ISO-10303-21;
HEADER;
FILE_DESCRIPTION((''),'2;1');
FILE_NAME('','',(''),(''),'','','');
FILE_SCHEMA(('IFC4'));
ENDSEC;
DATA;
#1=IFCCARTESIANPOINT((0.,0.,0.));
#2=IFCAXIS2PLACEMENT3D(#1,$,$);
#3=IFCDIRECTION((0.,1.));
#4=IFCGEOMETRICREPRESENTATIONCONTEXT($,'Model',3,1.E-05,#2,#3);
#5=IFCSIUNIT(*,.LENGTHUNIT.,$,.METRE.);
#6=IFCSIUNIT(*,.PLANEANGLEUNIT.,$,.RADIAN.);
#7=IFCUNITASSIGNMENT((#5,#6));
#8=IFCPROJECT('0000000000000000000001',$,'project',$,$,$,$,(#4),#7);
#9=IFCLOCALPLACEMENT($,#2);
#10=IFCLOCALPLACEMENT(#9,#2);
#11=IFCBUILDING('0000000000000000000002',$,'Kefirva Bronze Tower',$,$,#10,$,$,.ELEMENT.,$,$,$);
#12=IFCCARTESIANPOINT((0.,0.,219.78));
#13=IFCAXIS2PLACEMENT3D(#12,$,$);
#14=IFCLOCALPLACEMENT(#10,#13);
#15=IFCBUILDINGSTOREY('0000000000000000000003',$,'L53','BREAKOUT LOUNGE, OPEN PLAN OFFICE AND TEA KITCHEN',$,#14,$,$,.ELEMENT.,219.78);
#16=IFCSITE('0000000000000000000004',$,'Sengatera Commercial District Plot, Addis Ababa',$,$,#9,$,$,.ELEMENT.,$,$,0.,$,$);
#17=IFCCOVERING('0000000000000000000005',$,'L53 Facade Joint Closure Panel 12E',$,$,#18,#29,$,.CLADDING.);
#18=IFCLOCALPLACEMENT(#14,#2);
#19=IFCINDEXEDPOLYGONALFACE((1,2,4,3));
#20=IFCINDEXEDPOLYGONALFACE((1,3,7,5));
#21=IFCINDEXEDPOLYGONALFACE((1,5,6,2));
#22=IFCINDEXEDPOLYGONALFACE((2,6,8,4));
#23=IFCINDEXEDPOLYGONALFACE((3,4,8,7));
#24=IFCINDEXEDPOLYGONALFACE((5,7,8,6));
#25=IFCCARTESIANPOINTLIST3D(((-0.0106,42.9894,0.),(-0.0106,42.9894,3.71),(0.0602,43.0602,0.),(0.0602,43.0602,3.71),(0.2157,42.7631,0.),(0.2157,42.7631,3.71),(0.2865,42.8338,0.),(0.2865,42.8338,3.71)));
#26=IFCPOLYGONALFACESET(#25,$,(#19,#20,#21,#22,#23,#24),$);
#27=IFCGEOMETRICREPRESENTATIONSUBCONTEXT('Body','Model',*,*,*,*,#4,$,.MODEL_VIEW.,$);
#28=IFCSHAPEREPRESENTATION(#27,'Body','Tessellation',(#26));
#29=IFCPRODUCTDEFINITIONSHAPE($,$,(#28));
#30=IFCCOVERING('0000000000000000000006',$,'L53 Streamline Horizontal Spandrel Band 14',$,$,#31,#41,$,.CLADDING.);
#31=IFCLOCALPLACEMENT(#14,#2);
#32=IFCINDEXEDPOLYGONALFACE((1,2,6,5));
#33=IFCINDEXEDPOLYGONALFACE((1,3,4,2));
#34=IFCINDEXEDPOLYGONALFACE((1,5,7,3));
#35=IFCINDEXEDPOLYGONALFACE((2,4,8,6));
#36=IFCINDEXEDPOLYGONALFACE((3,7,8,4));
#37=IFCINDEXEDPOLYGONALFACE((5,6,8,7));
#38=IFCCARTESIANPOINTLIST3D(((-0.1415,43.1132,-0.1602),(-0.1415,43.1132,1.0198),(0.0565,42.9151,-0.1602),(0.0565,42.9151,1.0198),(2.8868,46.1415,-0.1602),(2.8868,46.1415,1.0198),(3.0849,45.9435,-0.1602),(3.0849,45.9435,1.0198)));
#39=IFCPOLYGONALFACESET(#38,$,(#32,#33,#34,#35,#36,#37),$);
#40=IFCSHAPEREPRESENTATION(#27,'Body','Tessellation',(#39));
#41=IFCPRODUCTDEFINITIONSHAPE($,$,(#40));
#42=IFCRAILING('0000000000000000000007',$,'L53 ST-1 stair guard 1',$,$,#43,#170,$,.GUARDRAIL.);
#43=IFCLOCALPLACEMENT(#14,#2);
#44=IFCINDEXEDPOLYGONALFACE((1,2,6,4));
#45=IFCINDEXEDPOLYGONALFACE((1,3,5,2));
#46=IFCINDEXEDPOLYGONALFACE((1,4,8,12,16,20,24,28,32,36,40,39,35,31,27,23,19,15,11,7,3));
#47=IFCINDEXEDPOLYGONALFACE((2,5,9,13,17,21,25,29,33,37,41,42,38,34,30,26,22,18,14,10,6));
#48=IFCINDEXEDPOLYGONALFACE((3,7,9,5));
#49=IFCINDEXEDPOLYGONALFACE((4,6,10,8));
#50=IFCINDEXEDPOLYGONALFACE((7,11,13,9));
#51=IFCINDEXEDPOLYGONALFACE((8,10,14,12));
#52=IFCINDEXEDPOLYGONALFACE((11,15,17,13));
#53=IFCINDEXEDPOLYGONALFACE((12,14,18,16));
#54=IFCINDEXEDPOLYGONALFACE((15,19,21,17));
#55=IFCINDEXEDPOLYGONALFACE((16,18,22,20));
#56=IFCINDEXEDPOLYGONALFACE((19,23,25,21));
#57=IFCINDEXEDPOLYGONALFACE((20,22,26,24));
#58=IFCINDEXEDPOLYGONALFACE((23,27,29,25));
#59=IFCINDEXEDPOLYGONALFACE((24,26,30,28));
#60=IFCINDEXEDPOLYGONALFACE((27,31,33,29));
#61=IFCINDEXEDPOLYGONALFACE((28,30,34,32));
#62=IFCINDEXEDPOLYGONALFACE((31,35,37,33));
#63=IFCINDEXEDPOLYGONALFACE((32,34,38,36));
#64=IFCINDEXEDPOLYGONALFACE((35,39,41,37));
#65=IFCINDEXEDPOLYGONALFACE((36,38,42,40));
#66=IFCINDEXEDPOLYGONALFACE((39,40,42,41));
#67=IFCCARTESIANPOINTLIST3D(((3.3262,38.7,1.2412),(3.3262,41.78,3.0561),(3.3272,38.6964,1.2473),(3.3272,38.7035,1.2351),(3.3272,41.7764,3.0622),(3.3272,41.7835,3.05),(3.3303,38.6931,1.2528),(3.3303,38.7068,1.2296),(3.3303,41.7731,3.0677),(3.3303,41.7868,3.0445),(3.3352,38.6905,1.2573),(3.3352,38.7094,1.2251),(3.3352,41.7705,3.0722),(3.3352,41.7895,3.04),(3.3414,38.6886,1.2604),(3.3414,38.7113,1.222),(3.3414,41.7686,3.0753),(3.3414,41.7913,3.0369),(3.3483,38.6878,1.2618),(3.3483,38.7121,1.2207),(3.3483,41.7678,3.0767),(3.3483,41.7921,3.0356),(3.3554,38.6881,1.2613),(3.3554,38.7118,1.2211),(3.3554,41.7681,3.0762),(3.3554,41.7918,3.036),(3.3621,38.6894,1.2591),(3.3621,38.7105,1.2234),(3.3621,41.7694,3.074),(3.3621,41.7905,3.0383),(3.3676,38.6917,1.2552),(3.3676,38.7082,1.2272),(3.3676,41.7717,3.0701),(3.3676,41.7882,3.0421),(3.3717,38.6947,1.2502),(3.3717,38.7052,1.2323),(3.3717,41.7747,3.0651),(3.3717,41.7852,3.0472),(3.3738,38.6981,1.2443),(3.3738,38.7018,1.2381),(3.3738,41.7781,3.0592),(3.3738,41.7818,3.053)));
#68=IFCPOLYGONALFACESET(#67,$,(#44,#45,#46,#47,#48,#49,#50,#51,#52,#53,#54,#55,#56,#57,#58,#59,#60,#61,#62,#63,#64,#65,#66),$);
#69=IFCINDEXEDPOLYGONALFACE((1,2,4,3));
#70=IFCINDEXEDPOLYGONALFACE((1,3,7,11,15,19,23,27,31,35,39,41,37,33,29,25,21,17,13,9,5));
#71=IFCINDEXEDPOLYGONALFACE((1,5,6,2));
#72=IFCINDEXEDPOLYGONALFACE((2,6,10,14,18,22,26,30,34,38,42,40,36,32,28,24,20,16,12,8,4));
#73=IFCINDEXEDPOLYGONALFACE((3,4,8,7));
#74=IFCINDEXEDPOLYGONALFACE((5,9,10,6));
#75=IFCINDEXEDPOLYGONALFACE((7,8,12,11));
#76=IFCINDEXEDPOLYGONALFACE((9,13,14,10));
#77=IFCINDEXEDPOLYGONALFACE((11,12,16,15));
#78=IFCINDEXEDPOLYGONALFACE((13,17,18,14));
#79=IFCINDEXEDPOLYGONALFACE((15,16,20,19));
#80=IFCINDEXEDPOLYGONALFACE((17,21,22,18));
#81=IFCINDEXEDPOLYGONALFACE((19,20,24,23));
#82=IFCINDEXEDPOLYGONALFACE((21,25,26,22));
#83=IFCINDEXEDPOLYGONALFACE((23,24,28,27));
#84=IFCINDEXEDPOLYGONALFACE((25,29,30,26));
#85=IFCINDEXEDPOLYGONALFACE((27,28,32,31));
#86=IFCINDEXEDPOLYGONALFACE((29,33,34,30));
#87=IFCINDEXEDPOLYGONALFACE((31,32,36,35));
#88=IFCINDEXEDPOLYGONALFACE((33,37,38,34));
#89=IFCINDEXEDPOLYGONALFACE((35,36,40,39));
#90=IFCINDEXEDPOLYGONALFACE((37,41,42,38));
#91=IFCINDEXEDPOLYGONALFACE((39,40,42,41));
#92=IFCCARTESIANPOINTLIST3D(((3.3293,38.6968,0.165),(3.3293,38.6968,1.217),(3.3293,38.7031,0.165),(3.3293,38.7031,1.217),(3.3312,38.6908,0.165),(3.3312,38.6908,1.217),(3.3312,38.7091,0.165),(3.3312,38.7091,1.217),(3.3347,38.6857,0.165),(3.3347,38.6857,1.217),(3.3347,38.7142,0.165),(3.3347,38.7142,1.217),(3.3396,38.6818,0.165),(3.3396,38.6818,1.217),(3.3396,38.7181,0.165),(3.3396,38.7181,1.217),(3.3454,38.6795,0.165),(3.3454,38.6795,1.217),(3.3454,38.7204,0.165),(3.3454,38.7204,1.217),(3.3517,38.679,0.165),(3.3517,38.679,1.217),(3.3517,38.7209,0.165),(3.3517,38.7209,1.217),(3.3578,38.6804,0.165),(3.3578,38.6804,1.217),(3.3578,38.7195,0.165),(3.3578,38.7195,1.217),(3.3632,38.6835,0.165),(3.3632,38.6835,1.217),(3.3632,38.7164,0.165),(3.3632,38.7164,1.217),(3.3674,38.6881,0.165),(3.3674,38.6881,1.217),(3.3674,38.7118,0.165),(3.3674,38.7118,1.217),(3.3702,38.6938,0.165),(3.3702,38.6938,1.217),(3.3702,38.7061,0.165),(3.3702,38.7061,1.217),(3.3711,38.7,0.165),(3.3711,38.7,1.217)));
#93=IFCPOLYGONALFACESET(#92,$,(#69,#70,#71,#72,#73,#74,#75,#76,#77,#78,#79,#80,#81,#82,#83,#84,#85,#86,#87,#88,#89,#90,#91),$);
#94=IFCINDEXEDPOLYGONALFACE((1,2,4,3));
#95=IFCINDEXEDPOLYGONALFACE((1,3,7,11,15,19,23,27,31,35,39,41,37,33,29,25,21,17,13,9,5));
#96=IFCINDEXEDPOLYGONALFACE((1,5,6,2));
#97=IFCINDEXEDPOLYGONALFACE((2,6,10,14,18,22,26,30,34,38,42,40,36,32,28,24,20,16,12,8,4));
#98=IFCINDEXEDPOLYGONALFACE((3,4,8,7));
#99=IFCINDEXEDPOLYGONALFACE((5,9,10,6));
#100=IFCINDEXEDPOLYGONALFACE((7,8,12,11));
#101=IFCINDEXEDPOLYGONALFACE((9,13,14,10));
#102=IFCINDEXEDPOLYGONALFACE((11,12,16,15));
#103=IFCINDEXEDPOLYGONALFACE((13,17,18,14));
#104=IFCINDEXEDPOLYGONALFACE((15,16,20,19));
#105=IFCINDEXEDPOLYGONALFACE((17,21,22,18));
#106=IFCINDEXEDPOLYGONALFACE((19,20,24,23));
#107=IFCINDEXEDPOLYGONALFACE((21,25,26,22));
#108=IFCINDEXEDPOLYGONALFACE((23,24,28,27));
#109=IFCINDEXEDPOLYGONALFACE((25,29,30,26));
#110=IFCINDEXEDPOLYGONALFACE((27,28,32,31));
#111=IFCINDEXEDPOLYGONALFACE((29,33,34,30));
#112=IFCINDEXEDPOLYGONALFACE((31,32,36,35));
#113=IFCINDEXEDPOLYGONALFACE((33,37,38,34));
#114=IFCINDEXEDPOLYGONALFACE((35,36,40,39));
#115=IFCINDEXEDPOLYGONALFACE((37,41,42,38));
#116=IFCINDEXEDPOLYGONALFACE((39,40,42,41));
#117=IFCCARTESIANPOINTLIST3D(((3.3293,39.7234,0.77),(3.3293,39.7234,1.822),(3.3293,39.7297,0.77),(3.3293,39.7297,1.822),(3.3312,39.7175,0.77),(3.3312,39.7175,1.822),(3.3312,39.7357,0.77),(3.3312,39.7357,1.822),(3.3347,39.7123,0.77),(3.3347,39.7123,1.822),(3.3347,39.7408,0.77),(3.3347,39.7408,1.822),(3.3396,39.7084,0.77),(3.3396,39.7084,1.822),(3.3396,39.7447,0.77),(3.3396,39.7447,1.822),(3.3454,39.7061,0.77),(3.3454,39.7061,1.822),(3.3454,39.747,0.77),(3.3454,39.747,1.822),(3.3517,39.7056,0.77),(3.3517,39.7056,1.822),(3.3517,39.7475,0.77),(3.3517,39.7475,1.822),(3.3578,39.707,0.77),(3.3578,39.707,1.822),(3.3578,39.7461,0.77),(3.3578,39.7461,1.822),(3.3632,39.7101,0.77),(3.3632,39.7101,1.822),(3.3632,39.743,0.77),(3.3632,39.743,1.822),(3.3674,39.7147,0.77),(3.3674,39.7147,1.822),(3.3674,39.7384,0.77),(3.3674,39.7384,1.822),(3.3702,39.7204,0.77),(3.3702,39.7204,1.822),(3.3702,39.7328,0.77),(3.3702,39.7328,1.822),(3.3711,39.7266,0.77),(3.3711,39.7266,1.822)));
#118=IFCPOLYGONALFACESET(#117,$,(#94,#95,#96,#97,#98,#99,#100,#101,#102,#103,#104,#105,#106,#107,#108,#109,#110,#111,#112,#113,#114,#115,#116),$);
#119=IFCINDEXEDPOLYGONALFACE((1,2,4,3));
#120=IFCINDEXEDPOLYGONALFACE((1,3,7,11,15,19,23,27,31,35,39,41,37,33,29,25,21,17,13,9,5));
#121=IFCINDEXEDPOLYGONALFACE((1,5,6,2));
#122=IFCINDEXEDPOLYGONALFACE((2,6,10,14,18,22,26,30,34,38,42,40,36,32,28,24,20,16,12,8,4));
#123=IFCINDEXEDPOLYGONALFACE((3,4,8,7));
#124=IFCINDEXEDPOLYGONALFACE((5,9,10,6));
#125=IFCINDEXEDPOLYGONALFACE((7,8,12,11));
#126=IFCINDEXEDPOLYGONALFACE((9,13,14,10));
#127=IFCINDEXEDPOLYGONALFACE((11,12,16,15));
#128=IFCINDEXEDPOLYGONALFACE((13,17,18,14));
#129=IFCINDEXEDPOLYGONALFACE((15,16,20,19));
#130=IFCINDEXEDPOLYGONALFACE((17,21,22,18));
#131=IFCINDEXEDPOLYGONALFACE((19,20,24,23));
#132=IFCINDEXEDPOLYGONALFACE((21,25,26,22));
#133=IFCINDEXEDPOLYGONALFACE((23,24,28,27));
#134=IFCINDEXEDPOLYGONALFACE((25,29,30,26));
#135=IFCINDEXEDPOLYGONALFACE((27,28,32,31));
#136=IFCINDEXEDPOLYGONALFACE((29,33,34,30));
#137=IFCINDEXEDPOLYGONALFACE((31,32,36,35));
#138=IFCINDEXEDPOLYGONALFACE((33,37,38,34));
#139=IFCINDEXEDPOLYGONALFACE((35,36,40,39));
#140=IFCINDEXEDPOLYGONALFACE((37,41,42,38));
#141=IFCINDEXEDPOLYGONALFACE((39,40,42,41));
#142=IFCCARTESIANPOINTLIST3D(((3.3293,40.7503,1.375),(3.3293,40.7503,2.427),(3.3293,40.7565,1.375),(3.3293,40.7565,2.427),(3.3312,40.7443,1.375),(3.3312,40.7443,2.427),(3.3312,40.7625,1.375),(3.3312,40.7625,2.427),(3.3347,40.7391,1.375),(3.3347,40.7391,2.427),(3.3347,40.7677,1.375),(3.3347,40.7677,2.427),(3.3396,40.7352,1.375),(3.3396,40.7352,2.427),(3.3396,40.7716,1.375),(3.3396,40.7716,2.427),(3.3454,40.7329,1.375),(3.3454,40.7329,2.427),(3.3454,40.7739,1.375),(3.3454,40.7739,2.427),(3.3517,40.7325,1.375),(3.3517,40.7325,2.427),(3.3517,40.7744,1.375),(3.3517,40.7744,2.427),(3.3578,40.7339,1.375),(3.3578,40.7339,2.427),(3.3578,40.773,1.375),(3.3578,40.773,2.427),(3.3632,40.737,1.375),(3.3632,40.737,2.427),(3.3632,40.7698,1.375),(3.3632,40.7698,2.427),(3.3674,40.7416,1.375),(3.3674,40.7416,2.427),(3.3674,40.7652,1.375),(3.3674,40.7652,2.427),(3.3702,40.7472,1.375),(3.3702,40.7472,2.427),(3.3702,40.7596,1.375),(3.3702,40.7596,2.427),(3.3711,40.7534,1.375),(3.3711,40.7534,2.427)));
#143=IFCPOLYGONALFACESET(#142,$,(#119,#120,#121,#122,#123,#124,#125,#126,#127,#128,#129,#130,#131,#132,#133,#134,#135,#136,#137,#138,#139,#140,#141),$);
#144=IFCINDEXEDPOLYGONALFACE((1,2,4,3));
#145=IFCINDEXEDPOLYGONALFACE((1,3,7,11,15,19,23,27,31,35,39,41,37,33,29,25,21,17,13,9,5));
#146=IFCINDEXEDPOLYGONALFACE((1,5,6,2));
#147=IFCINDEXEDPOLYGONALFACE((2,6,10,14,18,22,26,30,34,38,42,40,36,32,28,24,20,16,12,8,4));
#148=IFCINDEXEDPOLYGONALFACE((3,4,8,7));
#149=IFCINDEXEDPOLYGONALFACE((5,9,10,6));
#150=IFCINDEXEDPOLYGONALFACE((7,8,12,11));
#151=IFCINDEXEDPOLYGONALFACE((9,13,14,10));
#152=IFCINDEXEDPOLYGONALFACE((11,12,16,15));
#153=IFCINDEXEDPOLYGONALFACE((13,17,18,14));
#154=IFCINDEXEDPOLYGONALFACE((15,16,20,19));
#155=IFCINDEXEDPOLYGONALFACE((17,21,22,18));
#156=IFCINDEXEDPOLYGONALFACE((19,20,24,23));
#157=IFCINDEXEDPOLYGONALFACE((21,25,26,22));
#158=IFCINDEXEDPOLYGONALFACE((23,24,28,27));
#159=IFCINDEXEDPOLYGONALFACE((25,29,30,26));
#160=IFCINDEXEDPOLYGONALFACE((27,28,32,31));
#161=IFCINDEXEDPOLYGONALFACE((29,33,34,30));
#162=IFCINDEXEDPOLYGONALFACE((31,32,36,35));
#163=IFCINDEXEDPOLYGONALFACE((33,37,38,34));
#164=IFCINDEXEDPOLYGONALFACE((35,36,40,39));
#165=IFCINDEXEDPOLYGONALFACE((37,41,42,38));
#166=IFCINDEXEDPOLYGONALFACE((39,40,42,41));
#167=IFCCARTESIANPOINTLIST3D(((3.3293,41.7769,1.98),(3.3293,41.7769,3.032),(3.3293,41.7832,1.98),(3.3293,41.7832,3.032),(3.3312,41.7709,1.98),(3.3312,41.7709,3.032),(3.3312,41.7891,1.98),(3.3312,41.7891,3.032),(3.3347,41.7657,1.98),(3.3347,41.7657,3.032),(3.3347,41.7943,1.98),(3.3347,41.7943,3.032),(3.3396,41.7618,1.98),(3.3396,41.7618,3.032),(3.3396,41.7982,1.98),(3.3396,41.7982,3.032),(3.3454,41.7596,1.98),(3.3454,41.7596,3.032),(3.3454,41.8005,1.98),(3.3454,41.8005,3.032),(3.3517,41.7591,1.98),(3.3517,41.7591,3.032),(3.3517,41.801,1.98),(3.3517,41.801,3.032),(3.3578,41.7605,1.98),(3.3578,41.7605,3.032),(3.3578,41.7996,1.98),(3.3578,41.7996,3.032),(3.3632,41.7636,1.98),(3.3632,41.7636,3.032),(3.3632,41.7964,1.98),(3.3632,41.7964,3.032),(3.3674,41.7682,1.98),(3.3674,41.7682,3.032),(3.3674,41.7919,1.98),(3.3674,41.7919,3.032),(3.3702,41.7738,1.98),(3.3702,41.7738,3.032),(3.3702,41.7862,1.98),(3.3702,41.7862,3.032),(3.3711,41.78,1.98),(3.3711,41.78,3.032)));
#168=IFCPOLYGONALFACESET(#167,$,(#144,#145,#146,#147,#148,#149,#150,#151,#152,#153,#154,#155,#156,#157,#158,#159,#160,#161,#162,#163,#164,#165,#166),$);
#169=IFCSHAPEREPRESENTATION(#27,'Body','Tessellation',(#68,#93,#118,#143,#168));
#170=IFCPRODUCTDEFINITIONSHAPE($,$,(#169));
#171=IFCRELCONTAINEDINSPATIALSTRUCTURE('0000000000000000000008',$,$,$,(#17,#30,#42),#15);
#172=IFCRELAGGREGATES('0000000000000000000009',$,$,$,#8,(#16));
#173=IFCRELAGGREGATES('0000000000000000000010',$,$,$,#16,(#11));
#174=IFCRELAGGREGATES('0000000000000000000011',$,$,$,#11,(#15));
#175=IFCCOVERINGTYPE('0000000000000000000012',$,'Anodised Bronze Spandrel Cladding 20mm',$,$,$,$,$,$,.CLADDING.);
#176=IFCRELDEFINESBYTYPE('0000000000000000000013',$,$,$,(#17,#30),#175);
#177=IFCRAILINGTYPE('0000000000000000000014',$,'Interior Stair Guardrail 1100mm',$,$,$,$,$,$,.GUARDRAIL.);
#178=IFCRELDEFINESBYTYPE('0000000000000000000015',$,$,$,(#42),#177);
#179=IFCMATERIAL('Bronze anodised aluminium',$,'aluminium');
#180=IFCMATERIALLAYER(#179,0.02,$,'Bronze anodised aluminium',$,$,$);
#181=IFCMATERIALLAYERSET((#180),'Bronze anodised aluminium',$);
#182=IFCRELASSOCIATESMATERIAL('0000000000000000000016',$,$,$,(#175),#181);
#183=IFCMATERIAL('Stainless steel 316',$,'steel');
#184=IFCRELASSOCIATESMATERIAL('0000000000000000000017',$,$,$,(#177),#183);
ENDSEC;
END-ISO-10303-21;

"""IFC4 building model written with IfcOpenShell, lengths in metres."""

from ifc_helpers import new_model, si_unit, direction, frame, origin, origin_2d, place, context, subcontext, project, spatial, rectangle, circle, extrude, material, layer, layer_set, type_object, element, save


model = new_model("IFC4")

# Units and contexts
model_context = context("Model", 3, precision=1e-05, world=origin(), true_north=direction((0.0, 1.0)))
body_context = subcontext(model_context, "Body", "Model", "MODEL_VIEW")
ifc_project = project(units=[si_unit("LENGTHUNIT", "METRE"), si_unit("PLANEANGLEUNIT", "RADIAN")], contexts=[model_context])

# Site, building, storey
site_placement = place(None, origin())
site = spatial("IfcSite", under=ifc_project, at=site_placement, Name="Sengatera Commercial District Plot, Addis Ababa", CompositionType="ELEMENT", RefElevation=0.0)
building_placement = place(site_placement, origin())
building = spatial("IfcBuilding", under=site, at=building_placement, Name="Kefirva Bronze Tower", CompositionType="ELEMENT")
storey_placement = place(building_placement, frame((0.0, 0.0, 219.78)))
storey = spatial("IfcBuildingStorey", under=building, at=storey_placement, Name="L53", Description="BREAKOUT LOUNGE, OPEN PLAN OFFICE AND TEA KITCHEN", CompositionType="ELEMENT", Elevation=219.78)

# Coverings
ifc_material_1 = material(Name="Bronze anodised aluminium", Category="aluminium")
ifc_layer_1 = layer(ifc_material_1, 0.02, Name="Bronze anodised aluminium")
ifc_layer_set_1 = layer_set([ifc_layer_1], Name="Bronze anodised aluminium")
covering_type_1 = type_object("IfcCoveringType", Name="Anodised Bronze Spandrel Cladding 20mm", PredefinedType="CLADDING", material=ifc_layer_set_1)
for number, where, z_axis, x_axis, name in (
    (1, (0.1379, 42.9116, 0.0), (0.0, 0.0, 1.0), (-0.707107, -0.707107, 0.0), "L53 Facade Joint Closure Panel 12E"),
):
    element("IfcCovering", number, at=place(storey_placement, frame(where, z_axis=z_axis, x_axis=x_axis)), inside=storey, type_object=covering_type_1, Name=name, PredefinedType="CLADDING", context=body_context, shape_type="SweptSolid", body=[
        extrude(rectangle(XDim=0.1001, YDim=0.3201, at=origin_2d()), origin(), (0.0, 0.0, 1.0), 3.71),
    ])
covering_1_placement = place(storey_placement, frame((1.4717, 44.5283, -0.1602), z_axis=(0.0, 0.0, 1.0), x_axis=(-0.707107, -0.707107, 0.0)))
element("IfcCovering", 2, at=covering_1_placement, inside=storey, type_object=covering_type_1, Name="L53 Streamline Horizontal Spandrel Band 14", PredefinedType="CLADDING", context=body_context, shape_type="SweptSolid", body=[
    extrude(rectangle(XDim=4.2827, YDim=0.28, at=origin_2d()), origin(), (0.0, 0.0, 1.0), 1.1799),
])

# Railing
ifc_material_2 = material(Name="Stainless steel 316", Category="steel")
railing_type_1 = type_object("IfcRailingType", Name="Interior Stair Guardrail 1100mm", PredefinedType="GUARDRAIL", material=ifc_material_2)
railing_1_placement = place(storey_placement, frame((3.3501, 38.7, 0.165)))
element("IfcRailing", 3, at=railing_1_placement, inside=storey, type_object=railing_type_1, Name="L53 ST-1 stair guard 1", PredefinedType="GUARDRAIL", context=body_context, shape_type="SweptSolid", body=[
    extrude(circle(Radius=0.0239, at=origin_2d()), frame((0.0, 0.0, 1.0762), z_axis=(0.0, 0.861551, 0.507671), x_axis=(-1.0, 0.0, 0.0)), (0.0, 0.0, 1.0), 3.575),
    extrude(circle(Radius=0.021, at=origin_2d()), origin(), (0.0, 0.0, 1.0), 1.052),
    extrude(circle(Radius=0.021, at=origin_2d()), frame((0.0, 1.0266, 0.605)), (0.0, 0.0, 1.0), 1.052),
    extrude(circle(Radius=0.021, at=origin_2d()), frame((0.0, 2.0535, 1.21)), (0.0, 0.0, 1.0), 1.052),
    extrude(circle(Radius=0.021, at=origin_2d()), frame((0.0, 3.0801, 1.8149)), (0.0, 0.0, 1.0), 1.052),
])

save(model, "model.ifc")
